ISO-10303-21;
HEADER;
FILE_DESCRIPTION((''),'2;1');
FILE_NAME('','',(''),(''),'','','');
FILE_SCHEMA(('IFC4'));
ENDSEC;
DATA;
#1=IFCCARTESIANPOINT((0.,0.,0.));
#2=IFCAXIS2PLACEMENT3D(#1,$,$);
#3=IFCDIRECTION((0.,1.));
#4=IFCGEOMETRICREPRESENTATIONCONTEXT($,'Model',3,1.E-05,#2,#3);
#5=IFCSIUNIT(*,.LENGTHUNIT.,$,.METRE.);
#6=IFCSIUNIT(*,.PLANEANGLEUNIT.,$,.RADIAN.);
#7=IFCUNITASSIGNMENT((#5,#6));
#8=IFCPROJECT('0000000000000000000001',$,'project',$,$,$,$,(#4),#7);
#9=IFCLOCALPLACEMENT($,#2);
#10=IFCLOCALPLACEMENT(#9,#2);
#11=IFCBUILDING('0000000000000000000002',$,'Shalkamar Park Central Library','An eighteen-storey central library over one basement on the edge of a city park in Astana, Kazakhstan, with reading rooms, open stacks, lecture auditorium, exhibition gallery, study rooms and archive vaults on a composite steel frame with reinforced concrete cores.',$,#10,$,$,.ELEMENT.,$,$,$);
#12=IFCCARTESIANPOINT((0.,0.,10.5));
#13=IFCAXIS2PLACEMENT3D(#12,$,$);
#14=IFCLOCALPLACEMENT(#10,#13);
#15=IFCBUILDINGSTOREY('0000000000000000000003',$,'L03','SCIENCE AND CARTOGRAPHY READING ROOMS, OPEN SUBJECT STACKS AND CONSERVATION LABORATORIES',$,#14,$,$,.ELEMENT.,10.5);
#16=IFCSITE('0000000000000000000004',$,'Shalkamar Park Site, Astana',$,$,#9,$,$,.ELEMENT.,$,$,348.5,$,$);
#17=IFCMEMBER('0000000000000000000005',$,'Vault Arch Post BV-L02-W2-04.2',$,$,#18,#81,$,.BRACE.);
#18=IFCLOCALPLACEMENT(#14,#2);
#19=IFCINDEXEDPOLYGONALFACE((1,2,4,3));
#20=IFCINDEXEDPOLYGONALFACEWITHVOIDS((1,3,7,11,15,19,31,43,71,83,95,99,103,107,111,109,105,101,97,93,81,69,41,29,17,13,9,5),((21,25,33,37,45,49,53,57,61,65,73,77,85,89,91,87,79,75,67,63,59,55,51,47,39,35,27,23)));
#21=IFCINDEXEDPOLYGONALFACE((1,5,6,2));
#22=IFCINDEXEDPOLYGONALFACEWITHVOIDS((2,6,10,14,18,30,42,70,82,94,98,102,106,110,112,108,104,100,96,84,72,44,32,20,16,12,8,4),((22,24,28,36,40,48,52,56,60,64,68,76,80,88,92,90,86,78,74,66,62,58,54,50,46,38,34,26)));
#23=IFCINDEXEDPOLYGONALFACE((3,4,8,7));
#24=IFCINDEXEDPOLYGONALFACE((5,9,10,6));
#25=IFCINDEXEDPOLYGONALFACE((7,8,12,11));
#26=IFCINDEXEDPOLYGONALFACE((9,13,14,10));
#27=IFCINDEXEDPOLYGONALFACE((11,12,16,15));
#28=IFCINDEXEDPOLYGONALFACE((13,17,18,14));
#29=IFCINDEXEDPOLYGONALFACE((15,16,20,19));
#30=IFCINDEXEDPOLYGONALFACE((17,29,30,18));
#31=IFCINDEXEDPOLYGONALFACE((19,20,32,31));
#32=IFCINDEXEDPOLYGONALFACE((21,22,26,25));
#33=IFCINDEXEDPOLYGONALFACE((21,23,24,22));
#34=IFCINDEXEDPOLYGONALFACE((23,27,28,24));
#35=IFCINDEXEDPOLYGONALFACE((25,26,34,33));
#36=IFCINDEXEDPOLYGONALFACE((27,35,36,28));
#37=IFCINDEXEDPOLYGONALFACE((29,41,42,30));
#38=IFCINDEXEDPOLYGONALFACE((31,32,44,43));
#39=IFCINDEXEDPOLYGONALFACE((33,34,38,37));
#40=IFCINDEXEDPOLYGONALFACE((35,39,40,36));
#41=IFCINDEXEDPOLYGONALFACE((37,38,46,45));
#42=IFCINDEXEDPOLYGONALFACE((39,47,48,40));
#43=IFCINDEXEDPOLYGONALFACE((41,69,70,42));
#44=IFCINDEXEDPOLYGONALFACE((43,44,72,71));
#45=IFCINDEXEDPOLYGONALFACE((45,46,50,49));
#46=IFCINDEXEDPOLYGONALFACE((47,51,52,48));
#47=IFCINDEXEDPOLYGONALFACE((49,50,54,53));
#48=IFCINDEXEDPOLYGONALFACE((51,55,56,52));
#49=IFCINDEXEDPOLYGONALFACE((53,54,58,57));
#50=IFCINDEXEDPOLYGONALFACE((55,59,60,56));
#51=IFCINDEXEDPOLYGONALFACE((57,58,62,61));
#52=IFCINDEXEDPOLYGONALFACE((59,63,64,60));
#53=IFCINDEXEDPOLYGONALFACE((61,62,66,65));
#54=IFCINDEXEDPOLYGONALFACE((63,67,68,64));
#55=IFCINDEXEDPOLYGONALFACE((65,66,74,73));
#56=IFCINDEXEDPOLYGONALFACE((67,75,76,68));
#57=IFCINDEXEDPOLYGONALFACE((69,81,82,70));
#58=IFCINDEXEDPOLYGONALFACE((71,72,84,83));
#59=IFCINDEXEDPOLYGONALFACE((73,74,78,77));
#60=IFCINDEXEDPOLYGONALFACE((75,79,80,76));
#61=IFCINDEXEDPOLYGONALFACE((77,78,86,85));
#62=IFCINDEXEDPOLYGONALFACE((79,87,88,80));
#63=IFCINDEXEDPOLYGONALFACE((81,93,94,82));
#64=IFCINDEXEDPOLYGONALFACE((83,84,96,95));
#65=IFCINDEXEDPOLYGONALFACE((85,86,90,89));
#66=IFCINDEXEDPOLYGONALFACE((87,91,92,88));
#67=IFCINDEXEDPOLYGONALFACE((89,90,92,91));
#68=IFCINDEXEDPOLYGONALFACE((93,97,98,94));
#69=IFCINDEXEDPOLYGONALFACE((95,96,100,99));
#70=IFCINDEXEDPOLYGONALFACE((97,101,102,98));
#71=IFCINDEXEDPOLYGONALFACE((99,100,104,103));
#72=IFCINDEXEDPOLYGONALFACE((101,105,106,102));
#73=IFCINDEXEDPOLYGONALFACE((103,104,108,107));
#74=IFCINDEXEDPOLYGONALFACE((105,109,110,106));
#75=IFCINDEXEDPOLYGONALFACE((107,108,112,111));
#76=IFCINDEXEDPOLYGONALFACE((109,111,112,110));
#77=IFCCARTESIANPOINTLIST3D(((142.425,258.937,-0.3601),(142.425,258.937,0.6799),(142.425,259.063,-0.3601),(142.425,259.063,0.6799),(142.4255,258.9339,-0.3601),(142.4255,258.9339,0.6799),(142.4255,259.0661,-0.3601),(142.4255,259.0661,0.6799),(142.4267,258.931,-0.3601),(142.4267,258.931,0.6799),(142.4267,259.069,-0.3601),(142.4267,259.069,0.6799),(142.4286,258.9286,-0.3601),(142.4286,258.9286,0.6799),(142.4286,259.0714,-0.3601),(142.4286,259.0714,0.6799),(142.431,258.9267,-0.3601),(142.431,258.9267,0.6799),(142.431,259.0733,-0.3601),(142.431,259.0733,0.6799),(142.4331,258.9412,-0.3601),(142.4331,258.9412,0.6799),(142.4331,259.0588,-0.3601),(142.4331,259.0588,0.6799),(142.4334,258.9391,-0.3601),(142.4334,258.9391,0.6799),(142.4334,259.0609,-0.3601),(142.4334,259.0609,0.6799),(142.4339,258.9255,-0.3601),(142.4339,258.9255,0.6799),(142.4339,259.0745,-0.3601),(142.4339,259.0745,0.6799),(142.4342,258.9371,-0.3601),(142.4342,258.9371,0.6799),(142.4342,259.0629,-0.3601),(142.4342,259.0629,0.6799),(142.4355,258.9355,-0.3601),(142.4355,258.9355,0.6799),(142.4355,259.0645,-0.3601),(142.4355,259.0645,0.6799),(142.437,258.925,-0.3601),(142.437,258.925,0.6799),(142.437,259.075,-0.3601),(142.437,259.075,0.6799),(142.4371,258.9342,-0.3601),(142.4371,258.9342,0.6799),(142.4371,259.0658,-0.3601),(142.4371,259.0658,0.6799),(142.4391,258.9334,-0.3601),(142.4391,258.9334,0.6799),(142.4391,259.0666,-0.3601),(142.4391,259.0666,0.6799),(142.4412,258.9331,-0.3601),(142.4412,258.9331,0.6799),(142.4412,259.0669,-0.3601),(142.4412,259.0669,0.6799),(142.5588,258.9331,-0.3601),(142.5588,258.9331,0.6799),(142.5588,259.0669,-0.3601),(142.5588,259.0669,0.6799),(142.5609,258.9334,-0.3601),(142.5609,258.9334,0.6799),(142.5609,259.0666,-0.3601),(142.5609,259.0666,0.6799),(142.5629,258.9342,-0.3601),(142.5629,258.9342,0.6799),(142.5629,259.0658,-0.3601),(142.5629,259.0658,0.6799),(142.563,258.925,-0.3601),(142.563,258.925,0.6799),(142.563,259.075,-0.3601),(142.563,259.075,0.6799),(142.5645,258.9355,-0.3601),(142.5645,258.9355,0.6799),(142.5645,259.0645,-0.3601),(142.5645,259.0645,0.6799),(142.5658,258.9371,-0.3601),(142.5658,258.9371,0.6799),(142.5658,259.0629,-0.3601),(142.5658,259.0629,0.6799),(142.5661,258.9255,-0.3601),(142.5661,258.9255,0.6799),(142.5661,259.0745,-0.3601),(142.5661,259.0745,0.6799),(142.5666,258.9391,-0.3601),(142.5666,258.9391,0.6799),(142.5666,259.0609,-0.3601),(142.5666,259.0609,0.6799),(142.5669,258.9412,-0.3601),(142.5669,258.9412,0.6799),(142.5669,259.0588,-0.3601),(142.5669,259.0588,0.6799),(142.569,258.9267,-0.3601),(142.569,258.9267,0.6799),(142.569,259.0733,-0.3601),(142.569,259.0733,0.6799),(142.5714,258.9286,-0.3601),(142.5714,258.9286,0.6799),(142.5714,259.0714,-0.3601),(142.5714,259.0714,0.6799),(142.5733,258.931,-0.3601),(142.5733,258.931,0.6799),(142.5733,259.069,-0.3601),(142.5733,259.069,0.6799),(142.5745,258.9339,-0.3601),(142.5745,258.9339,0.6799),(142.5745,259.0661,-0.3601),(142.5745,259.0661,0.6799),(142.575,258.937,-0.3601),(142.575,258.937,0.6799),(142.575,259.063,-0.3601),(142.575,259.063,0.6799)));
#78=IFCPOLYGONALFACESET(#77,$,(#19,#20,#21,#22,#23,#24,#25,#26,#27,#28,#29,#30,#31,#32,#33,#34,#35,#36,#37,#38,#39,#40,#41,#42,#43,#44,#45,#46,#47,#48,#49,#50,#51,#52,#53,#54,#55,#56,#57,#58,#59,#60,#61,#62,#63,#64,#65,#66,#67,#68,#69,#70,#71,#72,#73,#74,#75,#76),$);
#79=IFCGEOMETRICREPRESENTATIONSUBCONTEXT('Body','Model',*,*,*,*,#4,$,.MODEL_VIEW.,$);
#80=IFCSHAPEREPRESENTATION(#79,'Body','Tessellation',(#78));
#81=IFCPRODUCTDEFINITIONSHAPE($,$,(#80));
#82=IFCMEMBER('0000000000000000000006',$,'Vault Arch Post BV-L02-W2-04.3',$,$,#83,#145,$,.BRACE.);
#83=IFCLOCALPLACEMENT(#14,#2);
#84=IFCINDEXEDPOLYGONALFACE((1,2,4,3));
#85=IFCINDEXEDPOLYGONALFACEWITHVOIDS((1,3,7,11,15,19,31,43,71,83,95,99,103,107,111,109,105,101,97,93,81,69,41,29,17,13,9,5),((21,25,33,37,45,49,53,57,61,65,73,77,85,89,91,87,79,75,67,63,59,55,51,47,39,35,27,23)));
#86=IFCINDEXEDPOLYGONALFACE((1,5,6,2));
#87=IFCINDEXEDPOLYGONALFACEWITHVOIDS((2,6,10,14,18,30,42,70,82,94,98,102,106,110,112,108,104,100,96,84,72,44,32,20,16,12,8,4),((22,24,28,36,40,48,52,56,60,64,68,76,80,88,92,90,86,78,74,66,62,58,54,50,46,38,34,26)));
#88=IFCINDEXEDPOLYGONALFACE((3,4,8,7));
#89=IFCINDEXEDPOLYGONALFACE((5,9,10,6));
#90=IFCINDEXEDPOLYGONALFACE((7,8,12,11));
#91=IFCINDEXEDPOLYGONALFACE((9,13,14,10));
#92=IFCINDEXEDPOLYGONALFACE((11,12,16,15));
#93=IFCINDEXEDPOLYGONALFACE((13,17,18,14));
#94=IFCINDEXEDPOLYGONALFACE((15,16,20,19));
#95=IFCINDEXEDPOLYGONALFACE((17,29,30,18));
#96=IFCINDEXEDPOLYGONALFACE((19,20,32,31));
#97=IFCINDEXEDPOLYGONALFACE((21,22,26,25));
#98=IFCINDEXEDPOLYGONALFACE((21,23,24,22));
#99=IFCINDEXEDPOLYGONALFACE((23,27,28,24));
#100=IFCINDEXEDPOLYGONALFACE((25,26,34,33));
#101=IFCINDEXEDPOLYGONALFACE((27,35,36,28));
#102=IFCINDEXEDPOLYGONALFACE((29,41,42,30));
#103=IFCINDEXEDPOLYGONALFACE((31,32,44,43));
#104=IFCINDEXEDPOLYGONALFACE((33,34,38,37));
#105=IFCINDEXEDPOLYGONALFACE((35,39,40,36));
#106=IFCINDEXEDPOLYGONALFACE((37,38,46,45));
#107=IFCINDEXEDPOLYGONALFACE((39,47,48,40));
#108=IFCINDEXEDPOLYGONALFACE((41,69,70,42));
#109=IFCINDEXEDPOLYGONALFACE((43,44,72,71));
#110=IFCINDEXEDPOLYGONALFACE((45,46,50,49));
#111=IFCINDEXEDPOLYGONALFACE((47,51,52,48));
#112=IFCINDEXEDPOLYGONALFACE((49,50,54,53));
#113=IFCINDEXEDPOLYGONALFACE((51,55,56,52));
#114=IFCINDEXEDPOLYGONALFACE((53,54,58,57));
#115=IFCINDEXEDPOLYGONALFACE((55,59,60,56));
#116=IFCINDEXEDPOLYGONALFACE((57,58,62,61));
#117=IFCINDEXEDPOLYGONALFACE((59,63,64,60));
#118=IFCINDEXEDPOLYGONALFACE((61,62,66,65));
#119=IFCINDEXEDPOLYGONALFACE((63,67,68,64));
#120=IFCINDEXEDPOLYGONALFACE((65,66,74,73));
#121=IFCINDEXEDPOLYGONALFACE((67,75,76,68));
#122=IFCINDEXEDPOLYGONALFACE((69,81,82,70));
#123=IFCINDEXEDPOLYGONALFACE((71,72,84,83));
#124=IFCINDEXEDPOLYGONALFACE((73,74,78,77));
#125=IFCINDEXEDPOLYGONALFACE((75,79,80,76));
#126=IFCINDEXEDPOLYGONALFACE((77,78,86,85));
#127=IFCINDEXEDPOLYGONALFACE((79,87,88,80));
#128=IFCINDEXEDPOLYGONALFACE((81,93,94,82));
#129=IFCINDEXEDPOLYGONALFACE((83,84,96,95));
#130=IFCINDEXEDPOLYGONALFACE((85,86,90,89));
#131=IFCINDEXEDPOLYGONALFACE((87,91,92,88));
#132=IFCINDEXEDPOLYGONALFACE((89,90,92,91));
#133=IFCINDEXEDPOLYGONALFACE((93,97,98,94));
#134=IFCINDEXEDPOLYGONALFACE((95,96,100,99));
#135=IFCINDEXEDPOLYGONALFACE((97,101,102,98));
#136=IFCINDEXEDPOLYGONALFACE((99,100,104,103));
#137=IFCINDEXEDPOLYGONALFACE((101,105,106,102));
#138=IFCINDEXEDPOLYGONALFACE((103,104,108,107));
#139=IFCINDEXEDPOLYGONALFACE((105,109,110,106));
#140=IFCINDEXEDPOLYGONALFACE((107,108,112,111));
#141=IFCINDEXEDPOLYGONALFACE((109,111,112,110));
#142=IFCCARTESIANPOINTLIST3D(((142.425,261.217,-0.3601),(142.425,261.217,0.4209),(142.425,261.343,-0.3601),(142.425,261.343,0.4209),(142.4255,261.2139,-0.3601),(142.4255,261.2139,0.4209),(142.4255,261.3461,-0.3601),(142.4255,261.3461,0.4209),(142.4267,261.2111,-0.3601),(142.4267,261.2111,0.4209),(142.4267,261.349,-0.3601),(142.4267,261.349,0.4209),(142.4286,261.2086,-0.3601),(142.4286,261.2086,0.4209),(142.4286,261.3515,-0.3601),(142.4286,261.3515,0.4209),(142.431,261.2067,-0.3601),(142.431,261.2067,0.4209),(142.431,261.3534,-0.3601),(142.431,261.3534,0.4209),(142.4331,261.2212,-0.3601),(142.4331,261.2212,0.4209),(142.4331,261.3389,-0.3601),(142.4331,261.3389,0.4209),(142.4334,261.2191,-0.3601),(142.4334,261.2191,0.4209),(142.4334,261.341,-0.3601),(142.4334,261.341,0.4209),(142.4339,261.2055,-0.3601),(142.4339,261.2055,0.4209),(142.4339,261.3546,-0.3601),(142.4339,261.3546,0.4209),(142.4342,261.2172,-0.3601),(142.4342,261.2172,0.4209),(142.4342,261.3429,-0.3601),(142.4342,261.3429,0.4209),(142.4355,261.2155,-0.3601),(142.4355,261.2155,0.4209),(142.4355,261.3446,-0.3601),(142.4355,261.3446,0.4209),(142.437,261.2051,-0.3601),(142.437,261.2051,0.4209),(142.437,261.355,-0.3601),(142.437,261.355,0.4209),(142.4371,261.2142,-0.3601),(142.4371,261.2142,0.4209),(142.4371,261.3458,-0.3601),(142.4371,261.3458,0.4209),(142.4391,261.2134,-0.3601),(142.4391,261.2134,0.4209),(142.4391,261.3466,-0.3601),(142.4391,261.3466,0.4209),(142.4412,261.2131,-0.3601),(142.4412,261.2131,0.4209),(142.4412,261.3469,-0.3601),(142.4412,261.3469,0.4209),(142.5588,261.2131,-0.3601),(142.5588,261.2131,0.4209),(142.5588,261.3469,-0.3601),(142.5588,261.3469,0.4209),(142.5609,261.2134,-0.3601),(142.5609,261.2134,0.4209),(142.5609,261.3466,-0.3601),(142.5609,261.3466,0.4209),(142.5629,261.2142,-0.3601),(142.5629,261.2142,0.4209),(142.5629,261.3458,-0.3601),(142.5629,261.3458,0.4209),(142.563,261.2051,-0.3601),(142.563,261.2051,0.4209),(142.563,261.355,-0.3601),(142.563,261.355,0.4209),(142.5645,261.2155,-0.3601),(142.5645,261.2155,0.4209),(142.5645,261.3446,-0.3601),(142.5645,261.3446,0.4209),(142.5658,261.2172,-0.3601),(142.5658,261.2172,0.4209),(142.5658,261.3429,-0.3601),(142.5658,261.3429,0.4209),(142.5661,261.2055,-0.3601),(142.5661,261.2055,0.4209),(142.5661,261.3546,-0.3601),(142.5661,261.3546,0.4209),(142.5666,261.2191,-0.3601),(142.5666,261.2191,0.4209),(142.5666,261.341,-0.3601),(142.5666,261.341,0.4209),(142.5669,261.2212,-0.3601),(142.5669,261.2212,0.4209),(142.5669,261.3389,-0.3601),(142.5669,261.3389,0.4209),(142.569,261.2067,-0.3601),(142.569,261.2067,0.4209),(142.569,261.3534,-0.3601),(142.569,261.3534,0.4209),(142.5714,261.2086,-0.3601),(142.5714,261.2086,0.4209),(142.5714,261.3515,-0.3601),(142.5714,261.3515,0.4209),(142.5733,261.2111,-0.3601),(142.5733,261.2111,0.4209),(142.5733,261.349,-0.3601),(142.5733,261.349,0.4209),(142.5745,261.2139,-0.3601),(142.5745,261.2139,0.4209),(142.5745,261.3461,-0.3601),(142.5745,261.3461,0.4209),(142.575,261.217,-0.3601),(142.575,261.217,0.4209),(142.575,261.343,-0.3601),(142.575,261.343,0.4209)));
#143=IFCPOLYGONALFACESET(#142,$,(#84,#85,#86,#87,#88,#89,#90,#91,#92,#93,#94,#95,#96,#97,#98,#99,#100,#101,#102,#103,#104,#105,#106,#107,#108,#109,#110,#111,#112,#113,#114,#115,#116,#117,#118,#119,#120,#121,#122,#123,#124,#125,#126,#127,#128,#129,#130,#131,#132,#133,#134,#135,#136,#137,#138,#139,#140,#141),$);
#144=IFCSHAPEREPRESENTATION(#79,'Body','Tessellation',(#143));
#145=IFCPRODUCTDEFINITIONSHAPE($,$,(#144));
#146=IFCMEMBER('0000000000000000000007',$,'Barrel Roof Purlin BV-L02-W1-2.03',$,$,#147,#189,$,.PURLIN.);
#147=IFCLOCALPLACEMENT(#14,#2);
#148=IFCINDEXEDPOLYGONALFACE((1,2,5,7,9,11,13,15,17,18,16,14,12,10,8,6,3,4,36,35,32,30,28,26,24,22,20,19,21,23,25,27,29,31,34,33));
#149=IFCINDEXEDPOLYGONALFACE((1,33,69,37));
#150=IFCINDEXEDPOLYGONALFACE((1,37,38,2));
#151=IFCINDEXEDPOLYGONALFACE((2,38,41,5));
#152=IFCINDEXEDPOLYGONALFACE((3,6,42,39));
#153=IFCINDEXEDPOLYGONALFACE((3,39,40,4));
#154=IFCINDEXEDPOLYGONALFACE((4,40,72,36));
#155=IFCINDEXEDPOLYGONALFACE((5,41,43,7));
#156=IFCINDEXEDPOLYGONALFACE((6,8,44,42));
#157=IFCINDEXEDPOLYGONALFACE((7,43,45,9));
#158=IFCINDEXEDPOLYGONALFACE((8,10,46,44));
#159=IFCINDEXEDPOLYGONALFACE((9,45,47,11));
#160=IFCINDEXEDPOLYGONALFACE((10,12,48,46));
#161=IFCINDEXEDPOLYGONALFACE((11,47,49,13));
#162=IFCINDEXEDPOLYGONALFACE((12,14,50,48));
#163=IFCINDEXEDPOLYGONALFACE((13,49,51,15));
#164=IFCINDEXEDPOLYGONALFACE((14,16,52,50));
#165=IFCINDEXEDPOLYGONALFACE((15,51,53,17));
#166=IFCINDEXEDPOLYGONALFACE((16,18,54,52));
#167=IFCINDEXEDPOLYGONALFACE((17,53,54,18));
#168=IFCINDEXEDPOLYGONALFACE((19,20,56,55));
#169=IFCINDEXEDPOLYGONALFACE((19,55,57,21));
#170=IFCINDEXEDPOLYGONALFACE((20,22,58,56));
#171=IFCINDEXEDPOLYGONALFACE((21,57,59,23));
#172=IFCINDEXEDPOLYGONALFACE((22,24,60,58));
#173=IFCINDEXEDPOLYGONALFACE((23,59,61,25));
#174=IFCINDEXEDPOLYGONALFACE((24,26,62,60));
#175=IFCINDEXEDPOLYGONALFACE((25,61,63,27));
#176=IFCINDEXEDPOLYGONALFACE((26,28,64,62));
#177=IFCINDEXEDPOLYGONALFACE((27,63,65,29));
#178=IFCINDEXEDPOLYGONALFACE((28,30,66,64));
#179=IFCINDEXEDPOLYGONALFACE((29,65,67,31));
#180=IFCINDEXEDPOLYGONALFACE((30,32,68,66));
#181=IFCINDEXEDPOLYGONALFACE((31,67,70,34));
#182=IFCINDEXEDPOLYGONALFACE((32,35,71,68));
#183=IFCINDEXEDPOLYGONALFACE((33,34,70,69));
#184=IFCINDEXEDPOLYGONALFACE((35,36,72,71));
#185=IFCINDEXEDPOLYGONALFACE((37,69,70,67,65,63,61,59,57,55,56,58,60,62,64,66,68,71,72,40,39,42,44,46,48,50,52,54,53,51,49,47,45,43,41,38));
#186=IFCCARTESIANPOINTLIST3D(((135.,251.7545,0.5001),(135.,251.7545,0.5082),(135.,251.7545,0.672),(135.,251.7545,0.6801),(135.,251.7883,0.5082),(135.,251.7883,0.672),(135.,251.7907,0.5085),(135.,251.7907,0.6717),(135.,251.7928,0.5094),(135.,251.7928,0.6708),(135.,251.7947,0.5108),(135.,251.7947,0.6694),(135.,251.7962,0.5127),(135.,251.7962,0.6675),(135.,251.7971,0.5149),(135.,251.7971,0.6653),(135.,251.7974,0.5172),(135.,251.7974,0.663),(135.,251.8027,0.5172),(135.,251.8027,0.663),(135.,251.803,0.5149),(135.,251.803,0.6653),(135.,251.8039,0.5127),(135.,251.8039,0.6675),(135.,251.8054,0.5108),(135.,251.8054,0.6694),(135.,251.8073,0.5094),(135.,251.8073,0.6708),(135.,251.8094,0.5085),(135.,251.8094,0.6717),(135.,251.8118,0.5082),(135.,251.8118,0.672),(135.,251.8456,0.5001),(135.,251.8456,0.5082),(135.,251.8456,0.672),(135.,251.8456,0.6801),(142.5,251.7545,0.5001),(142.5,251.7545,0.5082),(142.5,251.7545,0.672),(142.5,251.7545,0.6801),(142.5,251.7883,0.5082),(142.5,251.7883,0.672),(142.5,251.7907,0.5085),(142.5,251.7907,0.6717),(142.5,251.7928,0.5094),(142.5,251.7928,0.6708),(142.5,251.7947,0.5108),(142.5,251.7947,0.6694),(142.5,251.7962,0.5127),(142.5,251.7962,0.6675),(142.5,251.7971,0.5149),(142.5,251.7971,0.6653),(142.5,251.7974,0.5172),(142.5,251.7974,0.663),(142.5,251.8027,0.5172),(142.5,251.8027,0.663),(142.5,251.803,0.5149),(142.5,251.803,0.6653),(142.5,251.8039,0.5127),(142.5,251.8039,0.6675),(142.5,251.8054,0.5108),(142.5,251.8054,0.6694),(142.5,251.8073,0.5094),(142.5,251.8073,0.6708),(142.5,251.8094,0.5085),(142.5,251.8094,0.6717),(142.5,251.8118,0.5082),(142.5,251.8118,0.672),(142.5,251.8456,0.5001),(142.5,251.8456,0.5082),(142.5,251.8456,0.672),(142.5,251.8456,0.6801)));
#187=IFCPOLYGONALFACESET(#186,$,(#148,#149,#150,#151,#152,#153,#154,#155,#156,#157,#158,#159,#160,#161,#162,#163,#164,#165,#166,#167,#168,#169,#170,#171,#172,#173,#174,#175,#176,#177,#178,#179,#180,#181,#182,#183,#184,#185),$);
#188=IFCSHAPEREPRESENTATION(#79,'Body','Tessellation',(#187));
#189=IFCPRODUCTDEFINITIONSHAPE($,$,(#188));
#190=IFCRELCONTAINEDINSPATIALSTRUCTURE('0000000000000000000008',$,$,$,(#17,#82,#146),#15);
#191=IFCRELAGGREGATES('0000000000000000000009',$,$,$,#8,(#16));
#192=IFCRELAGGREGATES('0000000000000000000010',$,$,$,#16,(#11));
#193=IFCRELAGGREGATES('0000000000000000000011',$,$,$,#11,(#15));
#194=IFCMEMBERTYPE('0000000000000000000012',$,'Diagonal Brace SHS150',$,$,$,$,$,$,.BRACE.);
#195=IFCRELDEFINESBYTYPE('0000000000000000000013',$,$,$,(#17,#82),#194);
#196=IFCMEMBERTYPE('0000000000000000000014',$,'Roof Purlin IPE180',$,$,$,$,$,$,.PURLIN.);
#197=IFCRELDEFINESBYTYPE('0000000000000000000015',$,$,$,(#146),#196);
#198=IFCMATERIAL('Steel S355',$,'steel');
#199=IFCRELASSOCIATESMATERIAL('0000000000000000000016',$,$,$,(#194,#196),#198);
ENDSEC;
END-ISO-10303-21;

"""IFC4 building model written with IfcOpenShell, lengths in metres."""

from ifc_helpers import new_model, si_unit, direction, frame, origin, origin_2d, place, context, subcontext, project, spatial, hollow_rectangle, i_section, extrude, material, material_profile, profile_set, type_object, element, save


model = new_model("IFC4")

# Units and contexts
model_context = context("Model", 3, precision=1e-05, world=origin(), true_north=direction((0.0, 1.0)))
body_context = subcontext(model_context, "Body", "Model", "MODEL_VIEW")
ifc_project = project(units=[si_unit("LENGTHUNIT", "METRE"), si_unit("PLANEANGLEUNIT", "RADIAN")], contexts=[model_context])

# Site, building, storey
site_placement = place(None, origin())
site = spatial("IfcSite", under=ifc_project, at=site_placement, Name="Shalkamar Park Site, Astana", CompositionType="ELEMENT", RefElevation=348.5)
building_placement = place(site_placement, origin())
building = spatial("IfcBuilding", under=site, at=building_placement, Name="Shalkamar Park Central Library", Description="An eighteen-storey central library over one basement on the edge of a city park in Astana, Kazakhstan, with reading rooms, open stacks, lecture auditorium, exhibition gallery, study rooms and archive vaults on a composite steel frame with reinforced concrete cores.", CompositionType="ELEMENT")
storey_placement = place(building_placement, frame((0.0, 0.0, 10.5)))
storey = spatial("IfcBuildingStorey", under=building, at=storey_placement, Name="L03", Description="SCIENCE AND CARTOGRAPHY READING ROOMS, OPEN SUBJECT STACKS AND CONSERVATION LABORATORIES", CompositionType="ELEMENT", Elevation=10.5)

# Members
ifc_material_1 = material(Name="Steel S355", Category="steel")
ifc_material_profile_1 = material_profile(ifc_material_1, hollow_rectangle(XDim=0.1499, YDim=0.1499, WallThickness=0.0081, InnerFilletRadius=0.0081, OuterFilletRadius=0.012, at=origin_2d()), Name="SHS 150x150x8")
ifc_profile_set_1 = profile_set([ifc_material_profile_1], Name="Steel S355")
member_type_1 = type_object("IfcMemberType", Name="Diagonal Brace SHS150", PredefinedType="BRACE", material=ifc_profile_set_1)
member_1_placement = place(storey_placement, frame((142.5, 259.0, -0.3601), z_axis=(0.0, 0.0, 1.0), x_axis=(1.0, 0.0, 0.0)))
element("IfcMember", 1, at=member_1_placement, inside=storey, type_object=member_type_1, Name="Vault Arch Post BV-L02-W2-04.2", PredefinedType="BRACE", context=body_context, shape_type="SweptSolid", body=[
    extrude(hollow_rectangle(XDim=0.1499, YDim=0.1499, WallThickness=0.0081, InnerFilletRadius=0.0081, OuterFilletRadius=0.012, at=origin_2d()), origin(), (0.0, 0.0, 1.0), 1.04),
])
member_2_placement = place(storey_placement, frame((142.5, 261.28, -0.3601), z_axis=(0.0, 0.0, 1.0), x_axis=(1.0, 0.0, 0.0)))
element("IfcMember", 2, at=member_2_placement, inside=storey, type_object=member_type_1, Name="Vault Arch Post BV-L02-W2-04.3", PredefinedType="BRACE", context=body_context, shape_type="SweptSolid", body=[
    extrude(hollow_rectangle(XDim=0.1499, YDim=0.1499, WallThickness=0.0081, InnerFilletRadius=0.0081, OuterFilletRadius=0.012, at=origin_2d()), origin(), (0.0, 0.0, 1.0), 0.781),
])
ifc_material_profile_2 = material_profile(ifc_material_1, i_section(OverallWidth=0.0911, OverallDepth=0.1799, WebThickness=0.0054, FlangeThickness=0.0081, FilletRadius=0.009, at=origin_2d()), Name="IPE 180")
ifc_profile_set_2 = profile_set([ifc_material_profile_2], Name="Steel S355")
member_type_2 = type_object("IfcMemberType", Name="Roof Purlin IPE180", PredefinedType="PURLIN", material=ifc_profile_set_2)
for number, where, z_axis, x_axis, name in (
    (3, (135.0, 251.8, 0.5901), (1.0, 0.0, 0.0), (0.0, 1.0, 0.0), "Barrel Roof Purlin BV-L02-W1-2.03"),
):
    element("IfcMember", number, at=place(storey_placement, frame(where, z_axis=z_axis, x_axis=x_axis)), inside=storey, type_object=member_type_2, Name=name, PredefinedType="PURLIN", context=body_context, shape_type="SweptSolid", body=[
        extrude(i_section(OverallWidth=0.0911, OverallDepth=0.1799, WebThickness=0.0054, FlangeThickness=0.0081, FilletRadius=0.009, at=origin_2d()), origin(), (0.0, 0.0, 1.0), 7.5),
    ])

save(model, "model.ifc")
